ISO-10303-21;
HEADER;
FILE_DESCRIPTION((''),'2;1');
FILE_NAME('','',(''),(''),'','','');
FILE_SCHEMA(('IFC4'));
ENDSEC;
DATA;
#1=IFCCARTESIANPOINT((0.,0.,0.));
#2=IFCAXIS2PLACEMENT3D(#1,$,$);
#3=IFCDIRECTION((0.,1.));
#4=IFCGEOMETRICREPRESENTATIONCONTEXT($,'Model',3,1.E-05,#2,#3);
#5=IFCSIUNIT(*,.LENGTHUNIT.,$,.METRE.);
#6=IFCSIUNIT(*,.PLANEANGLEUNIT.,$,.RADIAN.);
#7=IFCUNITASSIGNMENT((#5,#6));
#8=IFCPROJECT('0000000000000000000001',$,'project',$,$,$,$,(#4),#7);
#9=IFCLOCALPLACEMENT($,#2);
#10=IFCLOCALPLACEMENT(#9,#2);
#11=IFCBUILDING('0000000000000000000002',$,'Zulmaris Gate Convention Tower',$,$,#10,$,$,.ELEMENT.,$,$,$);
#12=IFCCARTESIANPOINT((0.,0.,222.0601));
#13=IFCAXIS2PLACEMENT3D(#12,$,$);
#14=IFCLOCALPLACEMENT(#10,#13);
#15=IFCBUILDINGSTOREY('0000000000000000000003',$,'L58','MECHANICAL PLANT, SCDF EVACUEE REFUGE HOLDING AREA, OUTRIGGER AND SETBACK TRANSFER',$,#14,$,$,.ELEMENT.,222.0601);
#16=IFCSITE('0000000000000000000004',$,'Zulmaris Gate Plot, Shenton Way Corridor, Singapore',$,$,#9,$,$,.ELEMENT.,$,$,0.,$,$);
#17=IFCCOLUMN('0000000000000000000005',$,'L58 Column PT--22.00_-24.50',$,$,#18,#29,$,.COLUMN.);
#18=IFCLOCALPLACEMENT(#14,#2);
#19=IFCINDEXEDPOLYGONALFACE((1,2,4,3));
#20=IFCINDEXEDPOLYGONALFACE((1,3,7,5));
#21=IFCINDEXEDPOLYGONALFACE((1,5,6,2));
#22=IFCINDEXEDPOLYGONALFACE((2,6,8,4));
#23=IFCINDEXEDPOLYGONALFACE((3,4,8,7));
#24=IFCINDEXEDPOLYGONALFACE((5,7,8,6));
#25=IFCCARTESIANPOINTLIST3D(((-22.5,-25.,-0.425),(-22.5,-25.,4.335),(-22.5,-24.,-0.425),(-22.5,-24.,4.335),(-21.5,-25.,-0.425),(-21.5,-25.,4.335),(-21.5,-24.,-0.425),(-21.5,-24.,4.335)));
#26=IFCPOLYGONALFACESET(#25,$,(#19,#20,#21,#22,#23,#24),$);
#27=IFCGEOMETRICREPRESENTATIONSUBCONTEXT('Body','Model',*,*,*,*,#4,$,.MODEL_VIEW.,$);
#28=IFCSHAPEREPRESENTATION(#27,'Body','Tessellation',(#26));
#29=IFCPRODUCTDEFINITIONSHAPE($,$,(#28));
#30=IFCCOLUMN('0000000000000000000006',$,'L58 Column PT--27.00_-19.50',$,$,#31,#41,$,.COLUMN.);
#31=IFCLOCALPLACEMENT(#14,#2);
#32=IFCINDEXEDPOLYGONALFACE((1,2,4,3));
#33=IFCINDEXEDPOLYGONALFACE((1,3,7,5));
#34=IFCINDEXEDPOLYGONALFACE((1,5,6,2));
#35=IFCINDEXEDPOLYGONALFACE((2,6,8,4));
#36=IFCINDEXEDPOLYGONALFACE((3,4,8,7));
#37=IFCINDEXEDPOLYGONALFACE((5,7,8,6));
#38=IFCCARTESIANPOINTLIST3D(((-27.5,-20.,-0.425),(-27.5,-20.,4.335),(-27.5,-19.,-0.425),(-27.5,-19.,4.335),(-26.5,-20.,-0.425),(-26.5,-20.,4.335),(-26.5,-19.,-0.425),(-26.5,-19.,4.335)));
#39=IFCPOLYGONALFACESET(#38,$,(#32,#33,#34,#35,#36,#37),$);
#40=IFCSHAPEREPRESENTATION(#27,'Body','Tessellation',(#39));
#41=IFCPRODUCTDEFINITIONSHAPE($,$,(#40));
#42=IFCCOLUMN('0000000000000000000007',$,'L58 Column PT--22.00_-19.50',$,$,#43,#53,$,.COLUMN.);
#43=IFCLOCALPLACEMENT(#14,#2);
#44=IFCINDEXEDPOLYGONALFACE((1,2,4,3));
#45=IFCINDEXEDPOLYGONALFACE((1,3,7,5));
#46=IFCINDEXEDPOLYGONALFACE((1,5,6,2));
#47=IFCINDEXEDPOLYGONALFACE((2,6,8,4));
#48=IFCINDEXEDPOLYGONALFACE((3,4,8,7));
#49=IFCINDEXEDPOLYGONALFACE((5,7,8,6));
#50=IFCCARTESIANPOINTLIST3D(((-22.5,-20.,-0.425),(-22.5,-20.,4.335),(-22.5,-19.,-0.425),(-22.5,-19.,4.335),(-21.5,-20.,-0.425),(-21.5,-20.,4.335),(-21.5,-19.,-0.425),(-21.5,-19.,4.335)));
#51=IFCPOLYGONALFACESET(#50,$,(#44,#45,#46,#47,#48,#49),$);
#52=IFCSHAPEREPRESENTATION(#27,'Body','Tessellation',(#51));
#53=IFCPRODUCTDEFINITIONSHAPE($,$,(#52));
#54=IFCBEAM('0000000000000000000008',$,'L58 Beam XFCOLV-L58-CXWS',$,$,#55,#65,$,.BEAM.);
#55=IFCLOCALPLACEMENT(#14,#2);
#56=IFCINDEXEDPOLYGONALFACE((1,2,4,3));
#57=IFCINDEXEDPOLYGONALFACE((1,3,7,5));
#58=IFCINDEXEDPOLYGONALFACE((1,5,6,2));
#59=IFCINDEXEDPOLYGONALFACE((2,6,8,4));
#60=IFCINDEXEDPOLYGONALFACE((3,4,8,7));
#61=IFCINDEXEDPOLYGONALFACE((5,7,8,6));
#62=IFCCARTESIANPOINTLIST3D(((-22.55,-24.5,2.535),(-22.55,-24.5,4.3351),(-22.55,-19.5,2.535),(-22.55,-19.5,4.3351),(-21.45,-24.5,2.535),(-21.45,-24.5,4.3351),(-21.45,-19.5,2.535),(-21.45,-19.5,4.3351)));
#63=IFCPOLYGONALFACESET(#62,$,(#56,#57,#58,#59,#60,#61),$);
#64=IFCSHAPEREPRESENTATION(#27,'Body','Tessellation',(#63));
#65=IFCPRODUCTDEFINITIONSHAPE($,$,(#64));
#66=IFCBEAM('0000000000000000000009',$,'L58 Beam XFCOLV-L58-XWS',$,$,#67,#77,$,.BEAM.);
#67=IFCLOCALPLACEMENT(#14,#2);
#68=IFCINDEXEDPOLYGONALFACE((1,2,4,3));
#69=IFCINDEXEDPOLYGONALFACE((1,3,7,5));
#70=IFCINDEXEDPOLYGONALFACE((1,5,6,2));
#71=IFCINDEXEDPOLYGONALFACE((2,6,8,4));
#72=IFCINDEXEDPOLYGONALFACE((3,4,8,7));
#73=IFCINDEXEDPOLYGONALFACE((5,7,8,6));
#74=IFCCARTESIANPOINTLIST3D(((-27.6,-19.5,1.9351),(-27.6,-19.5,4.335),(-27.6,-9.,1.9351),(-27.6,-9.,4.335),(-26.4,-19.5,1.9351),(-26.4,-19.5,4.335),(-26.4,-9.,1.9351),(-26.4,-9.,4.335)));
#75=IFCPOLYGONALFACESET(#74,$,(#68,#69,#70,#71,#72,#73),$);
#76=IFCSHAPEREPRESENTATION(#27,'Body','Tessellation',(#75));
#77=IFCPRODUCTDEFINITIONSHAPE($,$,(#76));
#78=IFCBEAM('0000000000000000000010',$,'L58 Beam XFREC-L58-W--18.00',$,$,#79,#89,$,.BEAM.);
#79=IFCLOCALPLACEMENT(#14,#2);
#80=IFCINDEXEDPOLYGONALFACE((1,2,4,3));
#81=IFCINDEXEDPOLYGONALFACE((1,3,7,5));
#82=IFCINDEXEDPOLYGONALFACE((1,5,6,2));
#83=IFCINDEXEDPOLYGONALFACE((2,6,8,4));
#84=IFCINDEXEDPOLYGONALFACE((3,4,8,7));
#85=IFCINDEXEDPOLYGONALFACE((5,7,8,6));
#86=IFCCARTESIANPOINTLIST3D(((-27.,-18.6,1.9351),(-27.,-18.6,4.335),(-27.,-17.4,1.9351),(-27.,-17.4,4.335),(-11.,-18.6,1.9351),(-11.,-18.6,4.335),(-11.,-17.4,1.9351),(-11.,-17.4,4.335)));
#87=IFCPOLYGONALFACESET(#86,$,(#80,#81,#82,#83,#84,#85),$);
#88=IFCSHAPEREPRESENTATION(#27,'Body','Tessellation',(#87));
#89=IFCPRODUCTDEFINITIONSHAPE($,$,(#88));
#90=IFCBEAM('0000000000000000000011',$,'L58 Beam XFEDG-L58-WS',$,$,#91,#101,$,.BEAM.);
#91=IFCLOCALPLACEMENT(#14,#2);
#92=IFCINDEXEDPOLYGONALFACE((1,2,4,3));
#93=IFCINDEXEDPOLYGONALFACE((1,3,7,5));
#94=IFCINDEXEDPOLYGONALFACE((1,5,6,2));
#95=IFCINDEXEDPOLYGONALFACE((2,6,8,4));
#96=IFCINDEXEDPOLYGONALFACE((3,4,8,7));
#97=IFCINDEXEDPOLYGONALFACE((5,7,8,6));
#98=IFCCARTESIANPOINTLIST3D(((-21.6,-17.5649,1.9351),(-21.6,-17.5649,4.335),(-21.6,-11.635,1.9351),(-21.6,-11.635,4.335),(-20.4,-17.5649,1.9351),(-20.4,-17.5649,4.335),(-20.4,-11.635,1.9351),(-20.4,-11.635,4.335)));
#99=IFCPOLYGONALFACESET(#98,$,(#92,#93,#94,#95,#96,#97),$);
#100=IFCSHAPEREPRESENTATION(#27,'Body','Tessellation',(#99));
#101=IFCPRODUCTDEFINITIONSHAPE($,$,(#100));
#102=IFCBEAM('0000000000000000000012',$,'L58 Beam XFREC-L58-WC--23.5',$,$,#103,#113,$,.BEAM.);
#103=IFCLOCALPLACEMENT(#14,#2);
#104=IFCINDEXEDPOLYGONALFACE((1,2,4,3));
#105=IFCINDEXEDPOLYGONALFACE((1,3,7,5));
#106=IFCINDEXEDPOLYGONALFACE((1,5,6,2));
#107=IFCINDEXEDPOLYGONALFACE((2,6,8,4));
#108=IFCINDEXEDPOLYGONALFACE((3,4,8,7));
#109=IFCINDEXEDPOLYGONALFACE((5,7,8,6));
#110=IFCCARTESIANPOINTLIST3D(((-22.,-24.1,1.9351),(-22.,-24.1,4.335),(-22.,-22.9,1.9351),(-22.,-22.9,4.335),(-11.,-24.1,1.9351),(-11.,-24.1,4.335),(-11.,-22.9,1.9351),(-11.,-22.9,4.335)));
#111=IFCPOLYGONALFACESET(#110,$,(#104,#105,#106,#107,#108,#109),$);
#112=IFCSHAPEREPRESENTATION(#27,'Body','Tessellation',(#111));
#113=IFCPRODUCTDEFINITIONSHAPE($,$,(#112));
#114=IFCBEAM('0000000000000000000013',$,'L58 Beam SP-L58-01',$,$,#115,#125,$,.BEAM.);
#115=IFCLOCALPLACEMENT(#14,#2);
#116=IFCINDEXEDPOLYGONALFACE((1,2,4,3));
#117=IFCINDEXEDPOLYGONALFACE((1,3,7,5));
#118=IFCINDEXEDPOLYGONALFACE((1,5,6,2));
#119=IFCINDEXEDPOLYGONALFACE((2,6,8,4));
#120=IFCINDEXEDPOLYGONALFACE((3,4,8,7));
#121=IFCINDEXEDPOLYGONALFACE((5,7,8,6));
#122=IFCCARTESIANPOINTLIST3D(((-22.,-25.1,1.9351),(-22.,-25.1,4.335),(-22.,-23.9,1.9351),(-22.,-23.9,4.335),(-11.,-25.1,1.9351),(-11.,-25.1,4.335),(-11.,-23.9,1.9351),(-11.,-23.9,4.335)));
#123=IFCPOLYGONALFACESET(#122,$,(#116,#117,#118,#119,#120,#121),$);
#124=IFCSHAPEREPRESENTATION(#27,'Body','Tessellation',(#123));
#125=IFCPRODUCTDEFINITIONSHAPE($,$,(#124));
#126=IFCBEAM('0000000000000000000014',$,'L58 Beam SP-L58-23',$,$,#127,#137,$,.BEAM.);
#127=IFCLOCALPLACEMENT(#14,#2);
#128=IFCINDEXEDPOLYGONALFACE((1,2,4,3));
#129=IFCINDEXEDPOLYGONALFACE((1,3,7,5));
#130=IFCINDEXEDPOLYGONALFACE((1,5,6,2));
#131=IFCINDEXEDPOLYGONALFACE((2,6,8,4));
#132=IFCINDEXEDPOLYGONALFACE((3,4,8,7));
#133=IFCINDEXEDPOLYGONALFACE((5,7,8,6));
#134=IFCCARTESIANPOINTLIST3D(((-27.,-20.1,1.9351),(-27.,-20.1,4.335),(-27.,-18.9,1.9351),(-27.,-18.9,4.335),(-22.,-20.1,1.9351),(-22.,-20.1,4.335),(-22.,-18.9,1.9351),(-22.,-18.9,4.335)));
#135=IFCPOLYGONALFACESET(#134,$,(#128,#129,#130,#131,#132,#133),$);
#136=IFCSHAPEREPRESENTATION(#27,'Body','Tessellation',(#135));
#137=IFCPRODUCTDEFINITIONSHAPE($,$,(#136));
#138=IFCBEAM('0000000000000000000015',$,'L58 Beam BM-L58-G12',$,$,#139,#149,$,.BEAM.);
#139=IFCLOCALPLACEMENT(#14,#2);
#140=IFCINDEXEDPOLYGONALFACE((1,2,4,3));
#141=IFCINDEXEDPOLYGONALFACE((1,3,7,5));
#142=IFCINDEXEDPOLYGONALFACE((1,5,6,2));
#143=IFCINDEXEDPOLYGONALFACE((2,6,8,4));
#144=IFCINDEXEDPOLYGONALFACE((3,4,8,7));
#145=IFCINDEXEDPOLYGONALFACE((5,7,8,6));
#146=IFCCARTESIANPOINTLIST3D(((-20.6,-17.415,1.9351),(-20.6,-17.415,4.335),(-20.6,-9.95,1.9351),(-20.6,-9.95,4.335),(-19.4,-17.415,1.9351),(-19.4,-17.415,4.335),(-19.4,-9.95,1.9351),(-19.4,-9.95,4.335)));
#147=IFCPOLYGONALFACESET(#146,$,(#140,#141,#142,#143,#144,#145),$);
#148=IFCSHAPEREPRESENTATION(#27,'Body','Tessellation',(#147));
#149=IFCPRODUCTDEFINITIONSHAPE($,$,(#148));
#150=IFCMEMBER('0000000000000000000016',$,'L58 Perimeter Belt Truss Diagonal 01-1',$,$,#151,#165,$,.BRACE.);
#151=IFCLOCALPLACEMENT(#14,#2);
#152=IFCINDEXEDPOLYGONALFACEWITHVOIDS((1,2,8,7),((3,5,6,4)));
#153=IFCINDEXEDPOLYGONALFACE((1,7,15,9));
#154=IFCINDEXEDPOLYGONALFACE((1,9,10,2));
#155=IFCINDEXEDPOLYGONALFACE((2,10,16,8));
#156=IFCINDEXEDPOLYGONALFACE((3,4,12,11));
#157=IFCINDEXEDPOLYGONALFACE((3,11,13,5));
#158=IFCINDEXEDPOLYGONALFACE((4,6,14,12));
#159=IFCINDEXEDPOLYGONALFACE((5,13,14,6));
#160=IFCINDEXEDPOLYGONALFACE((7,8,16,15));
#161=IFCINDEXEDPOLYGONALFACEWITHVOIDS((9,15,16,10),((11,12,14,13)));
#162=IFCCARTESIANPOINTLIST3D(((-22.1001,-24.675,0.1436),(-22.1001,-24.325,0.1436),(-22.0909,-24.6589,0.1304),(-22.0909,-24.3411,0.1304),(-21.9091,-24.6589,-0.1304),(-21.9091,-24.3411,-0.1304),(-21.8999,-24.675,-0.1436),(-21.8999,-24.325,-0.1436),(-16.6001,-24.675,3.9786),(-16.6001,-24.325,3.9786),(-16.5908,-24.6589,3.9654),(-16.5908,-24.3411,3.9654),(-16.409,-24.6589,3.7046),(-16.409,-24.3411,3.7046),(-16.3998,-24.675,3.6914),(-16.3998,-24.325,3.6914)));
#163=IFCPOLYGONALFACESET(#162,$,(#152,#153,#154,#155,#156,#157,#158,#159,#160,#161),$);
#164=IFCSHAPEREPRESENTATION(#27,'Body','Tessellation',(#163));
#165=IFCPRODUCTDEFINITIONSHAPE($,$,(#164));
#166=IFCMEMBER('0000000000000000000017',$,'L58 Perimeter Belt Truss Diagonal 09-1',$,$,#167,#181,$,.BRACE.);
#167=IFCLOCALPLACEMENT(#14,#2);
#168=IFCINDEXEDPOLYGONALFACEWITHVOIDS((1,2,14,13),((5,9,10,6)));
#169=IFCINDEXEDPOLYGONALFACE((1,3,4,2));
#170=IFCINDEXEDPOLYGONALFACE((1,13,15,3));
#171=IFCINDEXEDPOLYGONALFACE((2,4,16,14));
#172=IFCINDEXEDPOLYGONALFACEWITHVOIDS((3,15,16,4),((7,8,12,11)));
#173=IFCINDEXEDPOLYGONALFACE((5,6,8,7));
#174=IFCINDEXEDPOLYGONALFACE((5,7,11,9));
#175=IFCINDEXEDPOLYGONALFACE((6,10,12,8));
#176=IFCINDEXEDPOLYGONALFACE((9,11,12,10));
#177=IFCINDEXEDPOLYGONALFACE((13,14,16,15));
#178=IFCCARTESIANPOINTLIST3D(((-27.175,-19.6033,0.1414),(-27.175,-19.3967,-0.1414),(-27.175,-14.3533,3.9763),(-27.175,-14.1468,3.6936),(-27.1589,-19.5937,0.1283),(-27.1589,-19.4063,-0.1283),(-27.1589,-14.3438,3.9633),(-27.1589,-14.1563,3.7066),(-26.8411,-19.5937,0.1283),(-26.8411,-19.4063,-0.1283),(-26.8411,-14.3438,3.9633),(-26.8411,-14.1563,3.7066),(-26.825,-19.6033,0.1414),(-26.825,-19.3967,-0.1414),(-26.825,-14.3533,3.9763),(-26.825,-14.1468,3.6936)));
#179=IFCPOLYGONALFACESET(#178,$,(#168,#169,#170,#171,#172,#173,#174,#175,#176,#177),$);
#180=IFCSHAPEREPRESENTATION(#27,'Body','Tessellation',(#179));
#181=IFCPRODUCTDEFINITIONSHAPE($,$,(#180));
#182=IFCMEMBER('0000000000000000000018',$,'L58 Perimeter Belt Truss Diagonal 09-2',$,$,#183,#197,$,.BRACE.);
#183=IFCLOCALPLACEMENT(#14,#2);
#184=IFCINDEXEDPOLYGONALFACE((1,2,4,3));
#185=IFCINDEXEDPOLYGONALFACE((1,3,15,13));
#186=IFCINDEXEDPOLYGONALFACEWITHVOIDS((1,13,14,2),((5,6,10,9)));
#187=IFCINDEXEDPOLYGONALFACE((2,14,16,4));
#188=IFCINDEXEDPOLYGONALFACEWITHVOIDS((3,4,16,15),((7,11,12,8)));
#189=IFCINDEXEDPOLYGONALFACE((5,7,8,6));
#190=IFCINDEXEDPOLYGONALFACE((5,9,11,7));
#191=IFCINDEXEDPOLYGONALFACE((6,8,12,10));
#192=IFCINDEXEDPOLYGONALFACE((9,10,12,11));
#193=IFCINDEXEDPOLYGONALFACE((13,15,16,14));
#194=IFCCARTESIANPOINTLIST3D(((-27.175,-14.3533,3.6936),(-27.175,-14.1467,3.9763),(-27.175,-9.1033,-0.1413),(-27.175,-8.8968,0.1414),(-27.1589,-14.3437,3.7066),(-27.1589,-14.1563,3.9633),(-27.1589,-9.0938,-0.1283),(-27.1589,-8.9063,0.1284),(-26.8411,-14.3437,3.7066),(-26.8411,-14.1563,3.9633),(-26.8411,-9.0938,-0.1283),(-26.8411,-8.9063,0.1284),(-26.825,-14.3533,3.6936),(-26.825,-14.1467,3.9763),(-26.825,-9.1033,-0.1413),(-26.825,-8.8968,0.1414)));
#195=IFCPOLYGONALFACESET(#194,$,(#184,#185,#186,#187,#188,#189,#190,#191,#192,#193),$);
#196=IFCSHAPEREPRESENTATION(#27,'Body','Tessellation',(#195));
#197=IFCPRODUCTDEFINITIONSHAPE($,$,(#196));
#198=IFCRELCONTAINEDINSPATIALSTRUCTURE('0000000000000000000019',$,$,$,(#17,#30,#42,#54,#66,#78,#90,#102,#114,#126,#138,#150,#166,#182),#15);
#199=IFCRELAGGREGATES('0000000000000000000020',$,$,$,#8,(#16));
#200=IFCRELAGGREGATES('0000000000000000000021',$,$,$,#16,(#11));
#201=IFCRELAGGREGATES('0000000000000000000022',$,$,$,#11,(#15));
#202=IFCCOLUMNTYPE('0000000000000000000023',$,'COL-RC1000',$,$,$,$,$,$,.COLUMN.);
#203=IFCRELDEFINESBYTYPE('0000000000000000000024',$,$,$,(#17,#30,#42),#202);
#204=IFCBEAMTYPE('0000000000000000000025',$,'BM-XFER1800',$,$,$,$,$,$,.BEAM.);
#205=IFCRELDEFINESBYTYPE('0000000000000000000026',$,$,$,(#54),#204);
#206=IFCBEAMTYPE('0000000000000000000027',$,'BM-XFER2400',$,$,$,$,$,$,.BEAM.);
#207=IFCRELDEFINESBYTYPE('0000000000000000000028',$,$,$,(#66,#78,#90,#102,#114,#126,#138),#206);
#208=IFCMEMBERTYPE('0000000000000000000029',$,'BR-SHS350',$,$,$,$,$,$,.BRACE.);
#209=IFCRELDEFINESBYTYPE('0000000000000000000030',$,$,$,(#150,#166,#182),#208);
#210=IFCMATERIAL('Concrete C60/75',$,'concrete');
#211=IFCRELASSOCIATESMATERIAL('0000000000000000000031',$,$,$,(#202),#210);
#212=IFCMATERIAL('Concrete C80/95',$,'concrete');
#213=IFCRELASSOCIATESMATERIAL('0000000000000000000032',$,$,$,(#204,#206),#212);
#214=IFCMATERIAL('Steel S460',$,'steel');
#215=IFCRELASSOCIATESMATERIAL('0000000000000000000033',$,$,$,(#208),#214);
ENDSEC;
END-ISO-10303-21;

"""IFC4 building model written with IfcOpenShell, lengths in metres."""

from ifc_helpers import new_model, si_unit, direction, frame, origin, origin_2d, place, context, subcontext, project, spatial, rectangle, hollow_rectangle, extrude, material, material_profile, profile_set, type_object, element, save


model = new_model("IFC4")

# Units and contexts
model_context = context("Model", 3, precision=1e-05, world=origin(), true_north=direction((0.0, 1.0)))
body_context = subcontext(model_context, "Body", "Model", "MODEL_VIEW")
ifc_project = project(units=[si_unit("LENGTHUNIT", "METRE"), si_unit("PLANEANGLEUNIT", "RADIAN")], contexts=[model_context])

# Site, building, storey
site_placement = place(None, origin())
site = spatial("IfcSite", under=ifc_project, at=site_placement, Name="Zulmaris Gate Plot, Shenton Way Corridor, Singapore", CompositionType="ELEMENT", RefElevation=0.0)
building_placement = place(site_placement, origin())
building = spatial("IfcBuilding", under=site, at=building_placement, Name="Zulmaris Gate Convention Tower", CompositionType="ELEMENT")
storey_placement = place(building_placement, frame((0.0, 0.0, 222.0601)))
storey = spatial("IfcBuildingStorey", under=building, at=storey_placement, Name="L58", Description="MECHANICAL PLANT, SCDF EVACUEE REFUGE HOLDING AREA, OUTRIGGER AND SETBACK TRANSFER", CompositionType="ELEMENT", Elevation=222.0601)

# Columns
ifc_material_1 = material(Name="Concrete C60/75", Category="concrete")
ifc_material_profile_1 = material_profile(ifc_material_1, rectangle(XDim=1.0, YDim=1.0, at=origin_2d()), Name="RC COL 1000x1000")
ifc_profile_set_1 = profile_set([ifc_material_profile_1], Name="Concrete C60/75")
column_type = type_object("IfcColumnType", Name="COL-RC1000", PredefinedType="COLUMN", material=ifc_profile_set_1)
for number, where, z_axis, x_axis, name in (
    (1, (-22.0, -24.5, -0.425), (0.0, 0.0, 1.0), (1.0, 0.0, 0.0), "L58 Column PT--22.00_-24.50"),
    (2, (-27.0, -19.5, -0.425), (0.0, 0.0, 1.0), (1.0, 0.0, 0.0), "L58 Column PT--27.00_-19.50"),
    (3, (-22.0, -19.5, -0.425), (0.0, 0.0, 1.0), (1.0, 0.0, 0.0), "L58 Column PT--22.00_-19.50"),
):
    element("IfcColumn", number, at=place(storey_placement, frame(where, z_axis=z_axis, x_axis=x_axis)), inside=storey, type_object=column_type, Name=name, PredefinedType="COLUMN", context=body_context, shape_type="SweptSolid", body=[
        extrude(rectangle(XDim=1.0, YDim=1.0, at=origin_2d()), origin(), (0.0, 0.0, 1.0), 4.76),
    ])

# Beams
ifc_material_2 = material(Name="Concrete C80/95", Category="concrete")
ifc_material_profile_2 = material_profile(ifc_material_2, rectangle(XDim=1.1001, YDim=1.8, at=origin_2d()), Name="RC TRANSFER 1100x1800")
ifc_profile_set_2 = profile_set([ifc_material_profile_2], Name="Concrete C80/95")
beam_type_1 = type_object("IfcBeamType", Name="BM-XFER1800", PredefinedType="BEAM", material=ifc_profile_set_2)
beam_1_placement = place(storey_placement, frame((-22.0, -24.5, 3.4351), z_axis=(0.0, 1.0, 0.0), x_axis=(-1.0, 0.0, 0.0)))
element("IfcBeam", 4, at=beam_1_placement, inside=storey, type_object=beam_type_1, Name="L58 Beam XFCOLV-L58-CXWS", PredefinedType="BEAM", context=body_context, shape_type="SweptSolid", body=[
    extrude(rectangle(XDim=1.1001, YDim=1.8, at=origin_2d()), origin(), (0.0, 0.0, 1.0), 5.0),
])
ifc_material_profile_3 = material_profile(ifc_material_2, rectangle(XDim=1.2, YDim=2.3999, at=origin_2d()), Name="RC TRANSFER 1200x2400")
ifc_profile_set_3 = profile_set([ifc_material_profile_3], Name="Concrete C80/95")
beam_type_2 = type_object("IfcBeamType", Name="BM-XFER2400", PredefinedType="BEAM", material=ifc_profile_set_3)
beam_2_placement = place(storey_placement, frame((-27.0, -19.5, 3.135), z_axis=(0.0, 1.0, 0.0), x_axis=(-1.0, 0.0, 0.0)))
element("IfcBeam", 5, at=beam_2_placement, inside=storey, type_object=beam_type_2, Name="L58 Beam XFCOLV-L58-XWS", PredefinedType="BEAM", context=body_context, shape_type="SweptSolid", body=[
    extrude(rectangle(XDim=1.2, YDim=2.3999, at=origin_2d()), origin(), (0.0, 0.0, 1.0), 10.5),
])
beam_3_placement = place(storey_placement, frame((-27.0, -18.0, 3.135), z_axis=(1.0, 0.0, 0.0), x_axis=(0.0, 1.0, 0.0)))
element("IfcBeam", 6, at=beam_3_placement, inside=storey, type_object=beam_type_2, Name="L58 Beam XFREC-L58-W--18.00", PredefinedType="BEAM", context=body_context, shape_type="SweptSolid", body=[
    extrude(rectangle(XDim=1.2, YDim=2.3999, at=origin_2d()), origin(), (0.0, 0.0, 1.0), 16.0),
])
beam_4_placement = place(storey_placement, frame((-21.0, -17.5649, 3.135), z_axis=(0.0, 1.0, 0.0), x_axis=(-1.0, 0.0, 0.0)))
element("IfcBeam", 7, at=beam_4_placement, inside=storey, type_object=beam_type_2, Name="L58 Beam XFEDG-L58-WS", PredefinedType="BEAM", context=body_context, shape_type="SweptSolid", body=[
    extrude(rectangle(XDim=1.2, YDim=2.3999, at=origin_2d()), origin(), (0.0, 0.0, 1.0), 5.9299),
])
for number, where, z_axis, x_axis, name in (
    (8, (-22.0, -23.5, 3.135), (1.0, 0.0, 0.0), (0.0, 1.0, 0.0), "L58 Beam XFREC-L58-WC--23.5"),
    (9, (-22.0, -24.5, 3.135), (1.0, 0.0, 0.0), (0.0, 1.0, 0.0), "L58 Beam SP-L58-01"),
):
    element("IfcBeam", number, at=place(storey_placement, frame(where, z_axis=z_axis, x_axis=x_axis)), inside=storey, type_object=beam_type_2, Name=name, PredefinedType="BEAM", context=body_context, shape_type="SweptSolid", body=[
        extrude(rectangle(XDim=1.2, YDim=2.3999, at=origin_2d()), origin(), (0.0, 0.0, 1.0), 11.0),
    ])
beam_5_placement = place(storey_placement, frame((-27.0, -19.5, 3.135), z_axis=(1.0, 0.0, 0.0), x_axis=(0.0, 1.0, 0.0)))
element("IfcBeam", 10, at=beam_5_placement, inside=storey, type_object=beam_type_2, Name="L58 Beam SP-L58-23", PredefinedType="BEAM", context=body_context, shape_type="SweptSolid", body=[
    extrude(rectangle(XDim=1.2, YDim=2.3999, at=origin_2d()), origin(), (0.0, 0.0, 1.0), 5.0),
])
beam_6_placement = place(storey_placement, frame((-20.0, -17.415, 3.135), z_axis=(0.0, 1.0, 0.0), x_axis=(-1.0, 0.0, 0.0)))
element("IfcBeam", 11, at=beam_6_placement, inside=storey, type_object=beam_type_2, Name="L58 Beam BM-L58-G12", PredefinedType="BEAM", context=body_context, shape_type="SweptSolid", body=[
    extrude(rectangle(XDim=1.2, YDim=2.3999, at=origin_2d()), origin(), (0.0, 0.0, 1.0), 7.4651),
])

# Members
ifc_material_3 = material(Name="Steel S460", Category="steel")
ifc_material_profile_4 = material_profile(ifc_material_3, hollow_rectangle(XDim=0.3501, YDim=0.3501, WallThickness=0.0161, at=origin_2d()), Name="SHS 350x350x16")
ifc_profile_set_4 = profile_set([ifc_material_profile_4], Name="Steel S460")
member_type = type_object("IfcMemberType", Name="BR-SHS350", PredefinedType="BRACE", material=ifc_profile_set_4)
member_placement = place(storey_placement, frame((-22.0, -24.5, 0.0), z_axis=(0.820284, 0.0, 0.571956), x_axis=(0.0, 1.0, 0.0)))
element("IfcMember", 12, at=member_placement, inside=storey, type_object=member_type, Name="L58 Perimeter Belt Truss Diagonal 01-1", PredefinedType="BRACE", context=body_context, shape_type="SweptSolid", body=[
    extrude(hollow_rectangle(XDim=0.3501, YDim=0.3501, WallThickness=0.0161, at=origin_2d()), origin(), (0.0, 0.0, 1.0), 6.7051),
])
for number, where, z_axis, x_axis, name in (
    (13, (-27.0, -19.5, 0.0), (0.0, 0.807507, 0.589858), (-1.0, 0.0, 0.0), "L58 Perimeter Belt Truss Diagonal 09-1"),
    (14, (-27.0, -14.25, 3.835), (0.0, 0.807507, -0.589858), (-1.0, 0.0, 0.0), "L58 Perimeter Belt Truss Diagonal 09-2"),
):
    element("IfcMember", number, at=place(storey_placement, frame(where, z_axis=z_axis, x_axis=x_axis)), inside=storey, type_object=member_type, Name=name, PredefinedType="BRACE", context=body_context, shape_type="SweptSolid", body=[
        extrude(hollow_rectangle(XDim=0.3501, YDim=0.3501, WallThickness=0.0161, at=origin_2d()), origin(), (0.0, 0.0, 1.0), 6.5015),
    ])

save(model, "model.ifc")
